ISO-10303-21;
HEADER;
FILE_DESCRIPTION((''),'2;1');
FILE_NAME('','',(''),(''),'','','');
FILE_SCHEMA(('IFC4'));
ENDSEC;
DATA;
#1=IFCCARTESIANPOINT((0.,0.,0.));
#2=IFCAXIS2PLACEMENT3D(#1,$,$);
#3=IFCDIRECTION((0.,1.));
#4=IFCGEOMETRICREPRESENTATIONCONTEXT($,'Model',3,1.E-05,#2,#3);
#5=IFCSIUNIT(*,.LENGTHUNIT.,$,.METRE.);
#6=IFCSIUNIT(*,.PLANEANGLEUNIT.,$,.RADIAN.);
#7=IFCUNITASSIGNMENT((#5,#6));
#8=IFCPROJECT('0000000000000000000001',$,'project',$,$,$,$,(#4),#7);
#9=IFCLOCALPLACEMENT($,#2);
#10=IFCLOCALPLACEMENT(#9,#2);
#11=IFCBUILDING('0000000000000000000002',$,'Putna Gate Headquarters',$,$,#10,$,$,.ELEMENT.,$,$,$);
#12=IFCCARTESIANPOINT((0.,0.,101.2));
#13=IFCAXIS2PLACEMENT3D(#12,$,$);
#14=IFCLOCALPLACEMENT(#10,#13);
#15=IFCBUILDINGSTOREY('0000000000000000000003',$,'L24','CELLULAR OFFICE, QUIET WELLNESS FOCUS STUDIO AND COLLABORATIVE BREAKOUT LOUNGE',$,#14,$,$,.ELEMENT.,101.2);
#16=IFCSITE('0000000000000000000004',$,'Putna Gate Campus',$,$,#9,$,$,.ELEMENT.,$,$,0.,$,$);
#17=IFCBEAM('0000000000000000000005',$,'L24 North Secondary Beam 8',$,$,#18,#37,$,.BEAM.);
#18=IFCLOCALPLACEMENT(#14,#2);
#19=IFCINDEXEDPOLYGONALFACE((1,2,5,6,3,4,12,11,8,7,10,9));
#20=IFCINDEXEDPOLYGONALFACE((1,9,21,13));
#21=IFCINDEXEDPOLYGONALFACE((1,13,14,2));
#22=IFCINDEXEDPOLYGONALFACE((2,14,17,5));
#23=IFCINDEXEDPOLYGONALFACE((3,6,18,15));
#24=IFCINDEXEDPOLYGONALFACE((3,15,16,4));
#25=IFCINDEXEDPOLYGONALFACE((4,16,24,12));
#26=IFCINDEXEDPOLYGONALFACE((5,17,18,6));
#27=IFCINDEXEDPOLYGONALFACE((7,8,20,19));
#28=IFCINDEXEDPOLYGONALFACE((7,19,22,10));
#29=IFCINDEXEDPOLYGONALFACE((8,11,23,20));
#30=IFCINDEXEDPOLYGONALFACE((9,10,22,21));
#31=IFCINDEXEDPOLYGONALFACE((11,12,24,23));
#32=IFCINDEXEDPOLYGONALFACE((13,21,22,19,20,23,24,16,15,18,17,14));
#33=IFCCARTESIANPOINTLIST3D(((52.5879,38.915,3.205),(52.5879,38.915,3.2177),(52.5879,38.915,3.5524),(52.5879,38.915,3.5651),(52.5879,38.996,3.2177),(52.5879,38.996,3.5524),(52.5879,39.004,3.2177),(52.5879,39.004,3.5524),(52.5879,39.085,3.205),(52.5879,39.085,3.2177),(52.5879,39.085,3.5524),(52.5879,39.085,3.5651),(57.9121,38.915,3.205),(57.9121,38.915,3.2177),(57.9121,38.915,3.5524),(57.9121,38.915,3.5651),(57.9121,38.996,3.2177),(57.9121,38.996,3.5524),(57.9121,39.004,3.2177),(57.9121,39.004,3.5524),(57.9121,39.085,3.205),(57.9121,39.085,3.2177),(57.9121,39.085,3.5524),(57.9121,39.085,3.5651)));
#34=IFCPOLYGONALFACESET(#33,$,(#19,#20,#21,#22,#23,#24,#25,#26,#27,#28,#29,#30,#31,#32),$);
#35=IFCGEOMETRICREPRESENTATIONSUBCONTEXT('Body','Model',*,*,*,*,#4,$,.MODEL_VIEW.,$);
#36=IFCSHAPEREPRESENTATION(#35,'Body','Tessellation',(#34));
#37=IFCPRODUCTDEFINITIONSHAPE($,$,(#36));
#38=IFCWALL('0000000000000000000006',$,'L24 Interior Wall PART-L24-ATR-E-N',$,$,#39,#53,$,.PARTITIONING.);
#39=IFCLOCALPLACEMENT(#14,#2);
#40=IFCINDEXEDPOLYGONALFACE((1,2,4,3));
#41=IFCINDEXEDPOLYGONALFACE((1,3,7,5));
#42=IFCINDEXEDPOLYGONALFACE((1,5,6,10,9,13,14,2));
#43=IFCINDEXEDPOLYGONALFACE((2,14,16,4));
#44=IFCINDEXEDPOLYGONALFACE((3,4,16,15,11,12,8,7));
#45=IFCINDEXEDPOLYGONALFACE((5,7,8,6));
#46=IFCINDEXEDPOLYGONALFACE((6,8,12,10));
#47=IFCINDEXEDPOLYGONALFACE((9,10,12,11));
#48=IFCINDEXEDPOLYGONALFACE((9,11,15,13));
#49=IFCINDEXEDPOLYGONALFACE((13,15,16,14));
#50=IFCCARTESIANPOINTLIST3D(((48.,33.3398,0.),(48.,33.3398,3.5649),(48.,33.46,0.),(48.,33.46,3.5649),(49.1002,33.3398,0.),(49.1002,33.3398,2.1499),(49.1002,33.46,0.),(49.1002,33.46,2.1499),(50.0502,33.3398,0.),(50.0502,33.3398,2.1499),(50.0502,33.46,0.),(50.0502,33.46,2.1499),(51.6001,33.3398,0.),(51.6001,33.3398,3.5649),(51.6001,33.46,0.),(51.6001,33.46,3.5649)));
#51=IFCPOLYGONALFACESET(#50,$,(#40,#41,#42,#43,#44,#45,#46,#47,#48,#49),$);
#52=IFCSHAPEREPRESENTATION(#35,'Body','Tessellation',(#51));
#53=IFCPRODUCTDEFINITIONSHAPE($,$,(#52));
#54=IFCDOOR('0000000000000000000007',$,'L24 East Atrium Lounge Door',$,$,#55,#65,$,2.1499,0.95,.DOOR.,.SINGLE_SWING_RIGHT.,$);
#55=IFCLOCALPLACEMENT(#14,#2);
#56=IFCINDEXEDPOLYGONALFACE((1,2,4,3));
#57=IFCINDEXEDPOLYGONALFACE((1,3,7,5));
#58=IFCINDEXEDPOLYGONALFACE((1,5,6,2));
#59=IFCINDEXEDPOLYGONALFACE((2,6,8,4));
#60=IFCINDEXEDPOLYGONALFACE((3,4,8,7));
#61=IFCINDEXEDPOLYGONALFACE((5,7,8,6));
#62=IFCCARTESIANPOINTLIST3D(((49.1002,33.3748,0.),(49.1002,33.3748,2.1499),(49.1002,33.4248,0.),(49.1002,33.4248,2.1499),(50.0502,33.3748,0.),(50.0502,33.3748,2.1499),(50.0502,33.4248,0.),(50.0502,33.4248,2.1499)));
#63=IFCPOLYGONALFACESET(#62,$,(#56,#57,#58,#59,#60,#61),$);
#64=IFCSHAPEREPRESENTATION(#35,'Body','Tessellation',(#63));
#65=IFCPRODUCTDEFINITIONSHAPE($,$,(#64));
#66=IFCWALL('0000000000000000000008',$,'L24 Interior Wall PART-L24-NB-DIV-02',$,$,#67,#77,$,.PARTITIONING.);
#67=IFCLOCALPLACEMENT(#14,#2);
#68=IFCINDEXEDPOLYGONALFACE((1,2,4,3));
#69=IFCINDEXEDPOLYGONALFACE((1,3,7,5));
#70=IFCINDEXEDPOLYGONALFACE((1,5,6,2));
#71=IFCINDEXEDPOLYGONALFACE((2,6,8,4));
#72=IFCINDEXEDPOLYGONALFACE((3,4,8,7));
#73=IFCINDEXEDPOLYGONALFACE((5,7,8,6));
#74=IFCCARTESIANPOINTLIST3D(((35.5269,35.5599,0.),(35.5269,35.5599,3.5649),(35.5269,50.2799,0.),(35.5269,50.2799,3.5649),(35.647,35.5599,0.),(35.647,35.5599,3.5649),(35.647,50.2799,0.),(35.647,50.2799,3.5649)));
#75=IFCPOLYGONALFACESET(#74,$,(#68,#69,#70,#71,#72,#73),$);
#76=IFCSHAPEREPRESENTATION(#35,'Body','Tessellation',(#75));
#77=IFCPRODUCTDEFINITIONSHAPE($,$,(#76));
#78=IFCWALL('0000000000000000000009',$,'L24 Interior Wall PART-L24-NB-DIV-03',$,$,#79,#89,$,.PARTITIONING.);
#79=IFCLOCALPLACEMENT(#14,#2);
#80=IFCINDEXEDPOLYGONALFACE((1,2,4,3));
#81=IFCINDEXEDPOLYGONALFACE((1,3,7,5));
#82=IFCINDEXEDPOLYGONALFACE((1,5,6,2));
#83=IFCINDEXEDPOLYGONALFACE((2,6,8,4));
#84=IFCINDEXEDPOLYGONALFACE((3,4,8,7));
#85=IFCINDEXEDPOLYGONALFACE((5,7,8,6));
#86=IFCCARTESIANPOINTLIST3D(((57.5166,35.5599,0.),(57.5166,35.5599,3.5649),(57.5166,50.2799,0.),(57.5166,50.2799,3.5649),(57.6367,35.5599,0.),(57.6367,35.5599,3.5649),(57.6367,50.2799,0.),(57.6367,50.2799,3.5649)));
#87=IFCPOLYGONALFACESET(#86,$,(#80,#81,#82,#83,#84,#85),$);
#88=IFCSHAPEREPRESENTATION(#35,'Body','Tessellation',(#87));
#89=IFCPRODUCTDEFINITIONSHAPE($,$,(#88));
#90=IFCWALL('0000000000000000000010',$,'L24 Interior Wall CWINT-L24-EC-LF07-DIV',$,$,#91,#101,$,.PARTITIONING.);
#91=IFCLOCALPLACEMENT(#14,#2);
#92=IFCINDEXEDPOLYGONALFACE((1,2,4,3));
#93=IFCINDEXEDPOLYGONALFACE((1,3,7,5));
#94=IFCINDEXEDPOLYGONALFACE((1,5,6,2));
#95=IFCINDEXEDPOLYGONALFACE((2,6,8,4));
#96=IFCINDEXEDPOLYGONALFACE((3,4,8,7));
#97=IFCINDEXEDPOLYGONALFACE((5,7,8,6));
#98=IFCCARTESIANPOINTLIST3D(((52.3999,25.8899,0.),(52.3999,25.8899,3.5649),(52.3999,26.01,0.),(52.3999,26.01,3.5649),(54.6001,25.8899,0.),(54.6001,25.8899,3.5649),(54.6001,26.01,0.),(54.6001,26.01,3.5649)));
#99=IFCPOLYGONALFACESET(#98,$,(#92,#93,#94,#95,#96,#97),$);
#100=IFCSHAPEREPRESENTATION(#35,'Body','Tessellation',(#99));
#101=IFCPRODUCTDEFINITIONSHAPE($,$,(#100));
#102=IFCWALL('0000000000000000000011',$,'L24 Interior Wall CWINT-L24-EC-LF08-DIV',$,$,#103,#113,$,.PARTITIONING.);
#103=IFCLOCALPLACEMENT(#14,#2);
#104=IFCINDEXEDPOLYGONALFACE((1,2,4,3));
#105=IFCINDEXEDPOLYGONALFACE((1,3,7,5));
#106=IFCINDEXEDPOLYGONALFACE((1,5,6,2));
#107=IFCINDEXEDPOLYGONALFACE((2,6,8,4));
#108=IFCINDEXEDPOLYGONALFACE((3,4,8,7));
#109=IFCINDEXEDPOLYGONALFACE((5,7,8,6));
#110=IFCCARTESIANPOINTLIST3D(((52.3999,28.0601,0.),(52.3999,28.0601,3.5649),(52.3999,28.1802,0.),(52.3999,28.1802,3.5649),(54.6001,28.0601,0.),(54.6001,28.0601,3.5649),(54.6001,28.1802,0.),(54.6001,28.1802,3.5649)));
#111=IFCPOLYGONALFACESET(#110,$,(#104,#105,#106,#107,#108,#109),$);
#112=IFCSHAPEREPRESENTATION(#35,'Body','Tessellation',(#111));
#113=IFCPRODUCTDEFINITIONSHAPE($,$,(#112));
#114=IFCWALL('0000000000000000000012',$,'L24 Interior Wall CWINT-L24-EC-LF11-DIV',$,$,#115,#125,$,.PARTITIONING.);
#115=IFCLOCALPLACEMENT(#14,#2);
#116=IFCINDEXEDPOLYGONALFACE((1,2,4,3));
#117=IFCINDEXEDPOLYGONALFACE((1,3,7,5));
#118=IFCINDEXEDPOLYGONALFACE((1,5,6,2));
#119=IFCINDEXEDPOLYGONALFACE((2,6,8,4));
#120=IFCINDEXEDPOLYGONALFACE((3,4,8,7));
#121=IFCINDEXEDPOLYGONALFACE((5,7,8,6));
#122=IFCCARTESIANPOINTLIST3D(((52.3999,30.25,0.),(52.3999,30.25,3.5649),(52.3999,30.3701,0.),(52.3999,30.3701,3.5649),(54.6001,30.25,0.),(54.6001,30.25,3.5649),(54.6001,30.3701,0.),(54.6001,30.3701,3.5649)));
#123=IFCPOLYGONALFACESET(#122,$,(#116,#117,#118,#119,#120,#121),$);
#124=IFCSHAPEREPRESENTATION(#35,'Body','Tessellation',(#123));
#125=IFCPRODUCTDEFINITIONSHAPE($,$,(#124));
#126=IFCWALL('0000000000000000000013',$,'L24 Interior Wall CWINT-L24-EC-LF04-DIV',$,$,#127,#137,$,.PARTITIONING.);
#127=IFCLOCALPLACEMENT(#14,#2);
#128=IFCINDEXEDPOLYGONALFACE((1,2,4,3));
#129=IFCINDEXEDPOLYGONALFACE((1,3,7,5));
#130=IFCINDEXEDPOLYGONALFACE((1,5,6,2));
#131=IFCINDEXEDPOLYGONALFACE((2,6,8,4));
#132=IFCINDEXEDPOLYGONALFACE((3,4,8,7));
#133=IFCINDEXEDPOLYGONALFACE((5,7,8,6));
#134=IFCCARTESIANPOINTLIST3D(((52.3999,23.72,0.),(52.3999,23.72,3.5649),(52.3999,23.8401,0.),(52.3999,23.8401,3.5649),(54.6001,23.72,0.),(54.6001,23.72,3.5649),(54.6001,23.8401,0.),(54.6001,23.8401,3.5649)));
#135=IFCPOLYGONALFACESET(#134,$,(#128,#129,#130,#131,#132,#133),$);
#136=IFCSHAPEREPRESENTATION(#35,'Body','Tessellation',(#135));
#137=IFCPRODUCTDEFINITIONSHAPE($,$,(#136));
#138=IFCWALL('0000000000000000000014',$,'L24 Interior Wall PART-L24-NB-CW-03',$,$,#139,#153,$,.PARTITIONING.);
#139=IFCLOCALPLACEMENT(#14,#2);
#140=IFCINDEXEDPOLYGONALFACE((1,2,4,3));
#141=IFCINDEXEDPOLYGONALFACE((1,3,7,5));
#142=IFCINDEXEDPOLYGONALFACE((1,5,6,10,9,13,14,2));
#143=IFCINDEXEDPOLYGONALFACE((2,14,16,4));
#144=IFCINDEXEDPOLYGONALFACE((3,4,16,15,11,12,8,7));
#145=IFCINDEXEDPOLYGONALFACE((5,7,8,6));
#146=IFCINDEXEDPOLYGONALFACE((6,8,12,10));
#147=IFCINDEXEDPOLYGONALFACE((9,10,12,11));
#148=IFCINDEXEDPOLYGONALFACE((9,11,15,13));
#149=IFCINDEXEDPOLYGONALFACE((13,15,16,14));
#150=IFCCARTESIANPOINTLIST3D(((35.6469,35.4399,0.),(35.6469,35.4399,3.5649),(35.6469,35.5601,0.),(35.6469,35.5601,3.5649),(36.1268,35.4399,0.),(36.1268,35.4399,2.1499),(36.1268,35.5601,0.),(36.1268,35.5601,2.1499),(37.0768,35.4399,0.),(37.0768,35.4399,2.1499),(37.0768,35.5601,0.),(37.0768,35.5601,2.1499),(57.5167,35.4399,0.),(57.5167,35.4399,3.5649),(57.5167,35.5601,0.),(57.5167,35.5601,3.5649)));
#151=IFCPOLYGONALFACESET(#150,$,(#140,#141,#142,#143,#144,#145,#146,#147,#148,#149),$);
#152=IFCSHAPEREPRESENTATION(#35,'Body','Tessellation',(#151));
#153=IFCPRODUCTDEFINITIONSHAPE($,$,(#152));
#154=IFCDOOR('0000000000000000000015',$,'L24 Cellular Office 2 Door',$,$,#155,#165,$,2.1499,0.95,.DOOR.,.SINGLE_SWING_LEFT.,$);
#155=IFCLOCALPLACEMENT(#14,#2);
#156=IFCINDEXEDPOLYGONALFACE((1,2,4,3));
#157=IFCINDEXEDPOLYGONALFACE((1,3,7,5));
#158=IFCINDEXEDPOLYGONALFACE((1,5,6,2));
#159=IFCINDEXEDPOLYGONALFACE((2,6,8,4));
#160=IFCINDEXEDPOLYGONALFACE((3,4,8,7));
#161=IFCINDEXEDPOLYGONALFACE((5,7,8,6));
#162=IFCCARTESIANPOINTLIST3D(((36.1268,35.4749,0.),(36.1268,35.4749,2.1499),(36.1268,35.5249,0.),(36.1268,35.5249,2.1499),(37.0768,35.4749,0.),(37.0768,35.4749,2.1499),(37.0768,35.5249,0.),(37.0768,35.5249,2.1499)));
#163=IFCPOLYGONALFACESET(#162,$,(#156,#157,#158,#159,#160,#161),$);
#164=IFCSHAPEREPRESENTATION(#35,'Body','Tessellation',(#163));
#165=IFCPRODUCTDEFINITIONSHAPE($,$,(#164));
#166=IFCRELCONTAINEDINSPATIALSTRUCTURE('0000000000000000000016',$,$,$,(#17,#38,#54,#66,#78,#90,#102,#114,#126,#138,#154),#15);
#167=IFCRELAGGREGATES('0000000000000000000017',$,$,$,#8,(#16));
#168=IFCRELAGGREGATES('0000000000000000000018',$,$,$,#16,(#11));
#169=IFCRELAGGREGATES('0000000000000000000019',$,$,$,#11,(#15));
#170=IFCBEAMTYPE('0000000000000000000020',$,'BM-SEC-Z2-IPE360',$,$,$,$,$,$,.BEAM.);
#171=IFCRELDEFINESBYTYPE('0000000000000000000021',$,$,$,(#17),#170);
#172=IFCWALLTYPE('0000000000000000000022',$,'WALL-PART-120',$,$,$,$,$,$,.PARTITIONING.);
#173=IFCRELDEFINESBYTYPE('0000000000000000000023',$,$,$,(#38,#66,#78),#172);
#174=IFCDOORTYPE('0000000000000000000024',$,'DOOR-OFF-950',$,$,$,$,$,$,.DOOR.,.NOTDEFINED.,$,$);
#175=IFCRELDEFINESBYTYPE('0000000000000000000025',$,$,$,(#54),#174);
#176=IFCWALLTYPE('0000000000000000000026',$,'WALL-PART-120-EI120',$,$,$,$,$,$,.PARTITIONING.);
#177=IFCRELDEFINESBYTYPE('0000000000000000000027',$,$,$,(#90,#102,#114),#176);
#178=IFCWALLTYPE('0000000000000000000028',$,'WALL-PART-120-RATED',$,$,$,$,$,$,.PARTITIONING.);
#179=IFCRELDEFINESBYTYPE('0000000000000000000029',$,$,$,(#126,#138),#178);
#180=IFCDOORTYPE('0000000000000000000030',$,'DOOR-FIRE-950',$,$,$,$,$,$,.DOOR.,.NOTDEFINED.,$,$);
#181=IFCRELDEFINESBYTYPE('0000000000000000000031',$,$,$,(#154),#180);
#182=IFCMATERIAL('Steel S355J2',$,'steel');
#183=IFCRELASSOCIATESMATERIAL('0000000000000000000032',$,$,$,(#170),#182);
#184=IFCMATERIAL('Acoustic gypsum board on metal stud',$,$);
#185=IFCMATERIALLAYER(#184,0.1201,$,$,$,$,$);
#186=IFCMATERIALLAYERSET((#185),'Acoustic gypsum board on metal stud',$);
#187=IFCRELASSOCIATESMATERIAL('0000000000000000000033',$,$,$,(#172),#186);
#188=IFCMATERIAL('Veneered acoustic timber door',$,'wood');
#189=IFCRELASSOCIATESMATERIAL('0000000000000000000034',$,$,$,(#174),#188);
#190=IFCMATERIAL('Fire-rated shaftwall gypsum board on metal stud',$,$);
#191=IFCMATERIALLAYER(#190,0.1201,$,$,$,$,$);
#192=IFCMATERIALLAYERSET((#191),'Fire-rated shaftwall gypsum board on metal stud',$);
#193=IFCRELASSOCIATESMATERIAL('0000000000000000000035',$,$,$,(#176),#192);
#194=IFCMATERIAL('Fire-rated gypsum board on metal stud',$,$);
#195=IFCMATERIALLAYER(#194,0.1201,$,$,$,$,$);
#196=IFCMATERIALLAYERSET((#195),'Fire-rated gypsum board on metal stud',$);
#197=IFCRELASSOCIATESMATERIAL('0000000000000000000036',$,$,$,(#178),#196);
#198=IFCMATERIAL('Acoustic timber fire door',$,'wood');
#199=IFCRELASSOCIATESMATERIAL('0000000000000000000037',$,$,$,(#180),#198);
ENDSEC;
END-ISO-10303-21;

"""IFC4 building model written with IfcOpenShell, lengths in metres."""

from ifc_helpers import new_model, si_unit, direction, frame, frame_2d, origin, origin_2d, place, context, subcontext, project, spatial, rectangle, i_section, extrude, material, layer, layer_set, material_profile, profile_set, type_object, element, fill, save


model = new_model("IFC4")

# Units and contexts
model_context = context("Model", 3, precision=1e-05, world=origin(), true_north=direction((0.0, 1.0)))
body_context = subcontext(model_context, "Body", "Model", "MODEL_VIEW")
ifc_project = project(units=[si_unit("LENGTHUNIT", "METRE"), si_unit("PLANEANGLEUNIT", "RADIAN")], contexts=[model_context])

# Site, building, storey
site_placement = place(None, origin())
site = spatial("IfcSite", under=ifc_project, at=site_placement, Name="Putna Gate Campus", CompositionType="ELEMENT", RefElevation=0.0)
building_placement = place(site_placement, origin())
building = spatial("IfcBuilding", under=site, at=building_placement, Name="Putna Gate Headquarters", CompositionType="ELEMENT")
storey_placement = place(building_placement, frame((0.0, 0.0, 101.2)))
storey = spatial("IfcBuildingStorey", under=building, at=storey_placement, Name="L24", Description="CELLULAR OFFICE, QUIET WELLNESS FOCUS STUDIO AND COLLABORATIVE BREAKOUT LOUNGE", CompositionType="ELEMENT", Elevation=101.2)

# Beam
ifc_material_1 = material(Name="Steel S355J2", Category="steel")
ifc_material_profile_1 = material_profile(ifc_material_1, i_section(OverallWidth=0.1699, OverallDepth=0.3601, WebThickness=0.0081, FlangeThickness=0.0127, at=origin_2d()), Name="Steel S355J2")
ifc_profile_set_1 = profile_set([ifc_material_profile_1], Name="Steel S355J2")
beam_type_1 = type_object("IfcBeamType", Name="BM-SEC-Z2-IPE360", PredefinedType="BEAM", material=ifc_profile_set_1)
beam_1_placement = place(storey_placement, frame((52.5879, 39.0, 3.385), z_axis=(1.0, 0.0, 0.0), x_axis=(0.0, 1.0, 0.0)))
element("IfcBeam", 1, at=beam_1_placement, inside=storey, type_object=beam_type_1, Name="L24 North Secondary Beam 8", PredefinedType="BEAM", context=body_context, shape_type="SweptSolid", body=[
    extrude(i_section(OverallWidth=0.1699, OverallDepth=0.3601, WebThickness=0.0081, FlangeThickness=0.0127, at=origin_2d()), origin(), (0.0, 0.0, 1.0), 5.3242),
])

# Wall, opening, door
ifc_material_2 = material(Name="Acoustic gypsum board on metal stud")
ifc_layer_1 = layer(ifc_material_2, 0.1201)
ifc_layer_set_1 = layer_set([ifc_layer_1], Name="Acoustic gypsum board on metal stud")
wall_type_1 = type_object("IfcWallType", Name="WALL-PART-120", PredefinedType="PARTITIONING", material=ifc_layer_set_1)
wall_1_placement = place(storey_placement, frame((48.0, 33.3999, 0.0), z_axis=(0.0, 0.0, 1.0), x_axis=(1.0, 0.0, 0.0)))
wall_1 = element("IfcWall", 2, at=wall_1_placement, inside=storey, type_object=wall_type_1, Name="L24 Interior Wall PART-L24-ATR-E-N", PredefinedType="PARTITIONING", context=body_context, shape_type="SweptSolid", body=[
    extrude(rectangle(XDim=3.6001, YDim=0.1201, at=frame_2d((1.8, 0.0))), origin(), (0.0, 0.0, 1.0), 3.5649),
])
opening_1_placement = place(wall_1_placement, frame((1.1001, 0.0, 0.0)))
opening_1 = element("IfcOpeningElement", 3, at=opening_1_placement, cuts=wall_1, PredefinedType="OPENING", context=body_context, shape_type="SweptSolid", body=[
    extrude(rectangle(XDim=0.95, YDim=2.1499, at=frame_2d((0.4751, 1.075))), frame((0.0, 0.0701, 0.0), z_axis=(0.0, -1.0, 0.0), x_axis=(1.0, 0.0, 0.0)), (0.0, 0.0, 1.0), 0.1401),
])
ifc_material_3 = material(Name="Veneered acoustic timber door", Category="wood")
door_type_1 = type_object("IfcDoorType", Name="DOOR-OFF-950", OperationType="NOTDEFINED", PredefinedType="DOOR", material=ifc_material_3)
door_1_placement = place(opening_1_placement, origin())
door_1 = element("IfcDoor", 4, at=door_1_placement, inside=storey, type_object=door_type_1, Name="L24 East Atrium Lounge Door", OperationType="SINGLE_SWING_RIGHT", OverallHeight=2.1499, OverallWidth=0.95, PredefinedType="DOOR", context=body_context, shape_type="SweptSolid", body=[
    extrude(rectangle(XDim=0.95, YDim=2.1499, at=frame_2d((0.4751, 1.075))), frame((0.0, 0.0249, 0.0), z_axis=(0.0, -1.0, 0.0), x_axis=(1.0, 0.0, 0.0)), (0.0, 0.0, 1.0), 0.05),
])
fill(opening_1, door_1)

# Walls
for number, where, z_axis, x_axis, name in (
    (5, (35.5869, 35.5601, 0.0), (0.0, 0.0, 1.0), (0.0, 1.0, 0.0), "L24 Interior Wall PART-L24-NB-DIV-02"),
    (6, (57.5767, 35.5601, 0.0), (0.0, 0.0, 1.0), (0.0, 1.0, 0.0), "L24 Interior Wall PART-L24-NB-DIV-03"),
):
    element("IfcWall", number, at=place(storey_placement, frame(where, z_axis=z_axis, x_axis=x_axis)), inside=storey, type_object=wall_type_1, Name=name, PredefinedType="PARTITIONING", context=body_context, shape_type="SweptSolid", body=[
        extrude(rectangle(XDim=14.72, YDim=0.1201, at=frame_2d((7.3599, 0.0))), origin(), (0.0, 0.0, 1.0), 3.5649),
    ])
ifc_material_4 = material(Name="Fire-rated shaftwall gypsum board on metal stud")
ifc_layer_2 = layer(ifc_material_4, 0.1201)
ifc_layer_set_2 = layer_set([ifc_layer_2], Name="Fire-rated shaftwall gypsum board on metal stud")
wall_type_2 = type_object("IfcWallType", Name="WALL-PART-120-EI120", PredefinedType="PARTITIONING", material=ifc_layer_set_2)
for number, where, z_axis, x_axis, name in (
    (7, (52.3999, 25.95, 0.0), (0.0, 0.0, 1.0), (1.0, 0.0, 0.0), "L24 Interior Wall CWINT-L24-EC-LF07-DIV"),
    (8, (52.3999, 28.1201, 0.0), (0.0, 0.0, 1.0), (1.0, 0.0, 0.0), "L24 Interior Wall CWINT-L24-EC-LF08-DIV"),
    (9, (52.3999, 30.3101, 0.0), (0.0, 0.0, 1.0), (1.0, 0.0, 0.0), "L24 Interior Wall CWINT-L24-EC-LF11-DIV"),
):
    element("IfcWall", number, at=place(storey_placement, frame(where, z_axis=z_axis, x_axis=x_axis)), inside=storey, type_object=wall_type_2, Name=name, PredefinedType="PARTITIONING", context=body_context, shape_type="SweptSolid", body=[
        extrude(rectangle(XDim=2.2002, YDim=0.1201, at=frame_2d((1.1001, 0.0))), origin(), (0.0, 0.0, 1.0), 3.5649),
    ])
ifc_material_5 = material(Name="Fire-rated gypsum board on metal stud")
ifc_layer_3 = layer(ifc_material_5, 0.1201)
ifc_layer_set_3 = layer_set([ifc_layer_3], Name="Fire-rated gypsum board on metal stud")
wall_type_3 = type_object("IfcWallType", Name="WALL-PART-120-RATED", PredefinedType="PARTITIONING", material=ifc_layer_set_3)
wall_2_placement = place(storey_placement, frame((52.3999, 23.78, 0.0), z_axis=(0.0, 0.0, 1.0), x_axis=(1.0, 0.0, 0.0)))
element("IfcWall", 10, at=wall_2_placement, inside=storey, type_object=wall_type_3, Name="L24 Interior Wall CWINT-L24-EC-LF04-DIV", PredefinedType="PARTITIONING", context=body_context, shape_type="SweptSolid", body=[
    extrude(rectangle(XDim=2.2002, YDim=0.1201, at=frame_2d((1.1001, 0.0))), origin(), (0.0, 0.0, 1.0), 3.5649),
])

# Wall, opening, door
wall_3_placement = place(storey_placement, frame((35.6467, 35.5, 0.0), z_axis=(0.0, 0.0, 1.0), x_axis=(1.0, 0.0, 0.0)))
wall_3 = element("IfcWall", 11, at=wall_3_placement, inside=storey, type_object=wall_type_3, Name="L24 Interior Wall PART-L24-NB-CW-03", PredefinedType="PARTITIONING", context=body_context, shape_type="SweptSolid", body=[
    extrude(rectangle(XDim=21.8699, YDim=0.1201, at=frame_2d((10.9351, 0.0))), origin(), (0.0, 0.0, 1.0), 3.5649),
])
opening_2_placement = place(wall_3_placement, frame((0.48, 0.0, 0.0)))
opening_2 = element("IfcOpeningElement", 12, at=opening_2_placement, cuts=wall_3, PredefinedType="OPENING", context=body_context, shape_type="SweptSolid", body=[
    extrude(rectangle(XDim=0.95, YDim=2.1499, at=frame_2d((0.4751, 1.075))), frame((0.0, 0.0701, 0.0), z_axis=(0.0, -1.0, 0.0), x_axis=(1.0, 0.0, 0.0)), (0.0, 0.0, 1.0), 0.1401),
])
ifc_material_6 = material(Name="Acoustic timber fire door", Category="wood")
door_type_2 = type_object("IfcDoorType", Name="DOOR-FIRE-950", OperationType="NOTDEFINED", PredefinedType="DOOR", material=ifc_material_6)
door_2_placement = place(opening_2_placement, origin())
door_2 = element("IfcDoor", 13, at=door_2_placement, inside=storey, type_object=door_type_2, Name="L24 Cellular Office 2 Door", OperationType="SINGLE_SWING_LEFT", OverallHeight=2.1499, OverallWidth=0.95, PredefinedType="DOOR", context=body_context, shape_type="SweptSolid", body=[
    extrude(rectangle(XDim=0.95, YDim=2.1499, at=frame_2d((0.4751, 1.075))), frame((0.0, 0.0249, 0.0), z_axis=(0.0, -1.0, 0.0), x_axis=(1.0, 0.0, 0.0)), (0.0, 0.0, 1.0), 0.05),
])
fill(opening_2, door_2)

save(model, "model.ifc")
